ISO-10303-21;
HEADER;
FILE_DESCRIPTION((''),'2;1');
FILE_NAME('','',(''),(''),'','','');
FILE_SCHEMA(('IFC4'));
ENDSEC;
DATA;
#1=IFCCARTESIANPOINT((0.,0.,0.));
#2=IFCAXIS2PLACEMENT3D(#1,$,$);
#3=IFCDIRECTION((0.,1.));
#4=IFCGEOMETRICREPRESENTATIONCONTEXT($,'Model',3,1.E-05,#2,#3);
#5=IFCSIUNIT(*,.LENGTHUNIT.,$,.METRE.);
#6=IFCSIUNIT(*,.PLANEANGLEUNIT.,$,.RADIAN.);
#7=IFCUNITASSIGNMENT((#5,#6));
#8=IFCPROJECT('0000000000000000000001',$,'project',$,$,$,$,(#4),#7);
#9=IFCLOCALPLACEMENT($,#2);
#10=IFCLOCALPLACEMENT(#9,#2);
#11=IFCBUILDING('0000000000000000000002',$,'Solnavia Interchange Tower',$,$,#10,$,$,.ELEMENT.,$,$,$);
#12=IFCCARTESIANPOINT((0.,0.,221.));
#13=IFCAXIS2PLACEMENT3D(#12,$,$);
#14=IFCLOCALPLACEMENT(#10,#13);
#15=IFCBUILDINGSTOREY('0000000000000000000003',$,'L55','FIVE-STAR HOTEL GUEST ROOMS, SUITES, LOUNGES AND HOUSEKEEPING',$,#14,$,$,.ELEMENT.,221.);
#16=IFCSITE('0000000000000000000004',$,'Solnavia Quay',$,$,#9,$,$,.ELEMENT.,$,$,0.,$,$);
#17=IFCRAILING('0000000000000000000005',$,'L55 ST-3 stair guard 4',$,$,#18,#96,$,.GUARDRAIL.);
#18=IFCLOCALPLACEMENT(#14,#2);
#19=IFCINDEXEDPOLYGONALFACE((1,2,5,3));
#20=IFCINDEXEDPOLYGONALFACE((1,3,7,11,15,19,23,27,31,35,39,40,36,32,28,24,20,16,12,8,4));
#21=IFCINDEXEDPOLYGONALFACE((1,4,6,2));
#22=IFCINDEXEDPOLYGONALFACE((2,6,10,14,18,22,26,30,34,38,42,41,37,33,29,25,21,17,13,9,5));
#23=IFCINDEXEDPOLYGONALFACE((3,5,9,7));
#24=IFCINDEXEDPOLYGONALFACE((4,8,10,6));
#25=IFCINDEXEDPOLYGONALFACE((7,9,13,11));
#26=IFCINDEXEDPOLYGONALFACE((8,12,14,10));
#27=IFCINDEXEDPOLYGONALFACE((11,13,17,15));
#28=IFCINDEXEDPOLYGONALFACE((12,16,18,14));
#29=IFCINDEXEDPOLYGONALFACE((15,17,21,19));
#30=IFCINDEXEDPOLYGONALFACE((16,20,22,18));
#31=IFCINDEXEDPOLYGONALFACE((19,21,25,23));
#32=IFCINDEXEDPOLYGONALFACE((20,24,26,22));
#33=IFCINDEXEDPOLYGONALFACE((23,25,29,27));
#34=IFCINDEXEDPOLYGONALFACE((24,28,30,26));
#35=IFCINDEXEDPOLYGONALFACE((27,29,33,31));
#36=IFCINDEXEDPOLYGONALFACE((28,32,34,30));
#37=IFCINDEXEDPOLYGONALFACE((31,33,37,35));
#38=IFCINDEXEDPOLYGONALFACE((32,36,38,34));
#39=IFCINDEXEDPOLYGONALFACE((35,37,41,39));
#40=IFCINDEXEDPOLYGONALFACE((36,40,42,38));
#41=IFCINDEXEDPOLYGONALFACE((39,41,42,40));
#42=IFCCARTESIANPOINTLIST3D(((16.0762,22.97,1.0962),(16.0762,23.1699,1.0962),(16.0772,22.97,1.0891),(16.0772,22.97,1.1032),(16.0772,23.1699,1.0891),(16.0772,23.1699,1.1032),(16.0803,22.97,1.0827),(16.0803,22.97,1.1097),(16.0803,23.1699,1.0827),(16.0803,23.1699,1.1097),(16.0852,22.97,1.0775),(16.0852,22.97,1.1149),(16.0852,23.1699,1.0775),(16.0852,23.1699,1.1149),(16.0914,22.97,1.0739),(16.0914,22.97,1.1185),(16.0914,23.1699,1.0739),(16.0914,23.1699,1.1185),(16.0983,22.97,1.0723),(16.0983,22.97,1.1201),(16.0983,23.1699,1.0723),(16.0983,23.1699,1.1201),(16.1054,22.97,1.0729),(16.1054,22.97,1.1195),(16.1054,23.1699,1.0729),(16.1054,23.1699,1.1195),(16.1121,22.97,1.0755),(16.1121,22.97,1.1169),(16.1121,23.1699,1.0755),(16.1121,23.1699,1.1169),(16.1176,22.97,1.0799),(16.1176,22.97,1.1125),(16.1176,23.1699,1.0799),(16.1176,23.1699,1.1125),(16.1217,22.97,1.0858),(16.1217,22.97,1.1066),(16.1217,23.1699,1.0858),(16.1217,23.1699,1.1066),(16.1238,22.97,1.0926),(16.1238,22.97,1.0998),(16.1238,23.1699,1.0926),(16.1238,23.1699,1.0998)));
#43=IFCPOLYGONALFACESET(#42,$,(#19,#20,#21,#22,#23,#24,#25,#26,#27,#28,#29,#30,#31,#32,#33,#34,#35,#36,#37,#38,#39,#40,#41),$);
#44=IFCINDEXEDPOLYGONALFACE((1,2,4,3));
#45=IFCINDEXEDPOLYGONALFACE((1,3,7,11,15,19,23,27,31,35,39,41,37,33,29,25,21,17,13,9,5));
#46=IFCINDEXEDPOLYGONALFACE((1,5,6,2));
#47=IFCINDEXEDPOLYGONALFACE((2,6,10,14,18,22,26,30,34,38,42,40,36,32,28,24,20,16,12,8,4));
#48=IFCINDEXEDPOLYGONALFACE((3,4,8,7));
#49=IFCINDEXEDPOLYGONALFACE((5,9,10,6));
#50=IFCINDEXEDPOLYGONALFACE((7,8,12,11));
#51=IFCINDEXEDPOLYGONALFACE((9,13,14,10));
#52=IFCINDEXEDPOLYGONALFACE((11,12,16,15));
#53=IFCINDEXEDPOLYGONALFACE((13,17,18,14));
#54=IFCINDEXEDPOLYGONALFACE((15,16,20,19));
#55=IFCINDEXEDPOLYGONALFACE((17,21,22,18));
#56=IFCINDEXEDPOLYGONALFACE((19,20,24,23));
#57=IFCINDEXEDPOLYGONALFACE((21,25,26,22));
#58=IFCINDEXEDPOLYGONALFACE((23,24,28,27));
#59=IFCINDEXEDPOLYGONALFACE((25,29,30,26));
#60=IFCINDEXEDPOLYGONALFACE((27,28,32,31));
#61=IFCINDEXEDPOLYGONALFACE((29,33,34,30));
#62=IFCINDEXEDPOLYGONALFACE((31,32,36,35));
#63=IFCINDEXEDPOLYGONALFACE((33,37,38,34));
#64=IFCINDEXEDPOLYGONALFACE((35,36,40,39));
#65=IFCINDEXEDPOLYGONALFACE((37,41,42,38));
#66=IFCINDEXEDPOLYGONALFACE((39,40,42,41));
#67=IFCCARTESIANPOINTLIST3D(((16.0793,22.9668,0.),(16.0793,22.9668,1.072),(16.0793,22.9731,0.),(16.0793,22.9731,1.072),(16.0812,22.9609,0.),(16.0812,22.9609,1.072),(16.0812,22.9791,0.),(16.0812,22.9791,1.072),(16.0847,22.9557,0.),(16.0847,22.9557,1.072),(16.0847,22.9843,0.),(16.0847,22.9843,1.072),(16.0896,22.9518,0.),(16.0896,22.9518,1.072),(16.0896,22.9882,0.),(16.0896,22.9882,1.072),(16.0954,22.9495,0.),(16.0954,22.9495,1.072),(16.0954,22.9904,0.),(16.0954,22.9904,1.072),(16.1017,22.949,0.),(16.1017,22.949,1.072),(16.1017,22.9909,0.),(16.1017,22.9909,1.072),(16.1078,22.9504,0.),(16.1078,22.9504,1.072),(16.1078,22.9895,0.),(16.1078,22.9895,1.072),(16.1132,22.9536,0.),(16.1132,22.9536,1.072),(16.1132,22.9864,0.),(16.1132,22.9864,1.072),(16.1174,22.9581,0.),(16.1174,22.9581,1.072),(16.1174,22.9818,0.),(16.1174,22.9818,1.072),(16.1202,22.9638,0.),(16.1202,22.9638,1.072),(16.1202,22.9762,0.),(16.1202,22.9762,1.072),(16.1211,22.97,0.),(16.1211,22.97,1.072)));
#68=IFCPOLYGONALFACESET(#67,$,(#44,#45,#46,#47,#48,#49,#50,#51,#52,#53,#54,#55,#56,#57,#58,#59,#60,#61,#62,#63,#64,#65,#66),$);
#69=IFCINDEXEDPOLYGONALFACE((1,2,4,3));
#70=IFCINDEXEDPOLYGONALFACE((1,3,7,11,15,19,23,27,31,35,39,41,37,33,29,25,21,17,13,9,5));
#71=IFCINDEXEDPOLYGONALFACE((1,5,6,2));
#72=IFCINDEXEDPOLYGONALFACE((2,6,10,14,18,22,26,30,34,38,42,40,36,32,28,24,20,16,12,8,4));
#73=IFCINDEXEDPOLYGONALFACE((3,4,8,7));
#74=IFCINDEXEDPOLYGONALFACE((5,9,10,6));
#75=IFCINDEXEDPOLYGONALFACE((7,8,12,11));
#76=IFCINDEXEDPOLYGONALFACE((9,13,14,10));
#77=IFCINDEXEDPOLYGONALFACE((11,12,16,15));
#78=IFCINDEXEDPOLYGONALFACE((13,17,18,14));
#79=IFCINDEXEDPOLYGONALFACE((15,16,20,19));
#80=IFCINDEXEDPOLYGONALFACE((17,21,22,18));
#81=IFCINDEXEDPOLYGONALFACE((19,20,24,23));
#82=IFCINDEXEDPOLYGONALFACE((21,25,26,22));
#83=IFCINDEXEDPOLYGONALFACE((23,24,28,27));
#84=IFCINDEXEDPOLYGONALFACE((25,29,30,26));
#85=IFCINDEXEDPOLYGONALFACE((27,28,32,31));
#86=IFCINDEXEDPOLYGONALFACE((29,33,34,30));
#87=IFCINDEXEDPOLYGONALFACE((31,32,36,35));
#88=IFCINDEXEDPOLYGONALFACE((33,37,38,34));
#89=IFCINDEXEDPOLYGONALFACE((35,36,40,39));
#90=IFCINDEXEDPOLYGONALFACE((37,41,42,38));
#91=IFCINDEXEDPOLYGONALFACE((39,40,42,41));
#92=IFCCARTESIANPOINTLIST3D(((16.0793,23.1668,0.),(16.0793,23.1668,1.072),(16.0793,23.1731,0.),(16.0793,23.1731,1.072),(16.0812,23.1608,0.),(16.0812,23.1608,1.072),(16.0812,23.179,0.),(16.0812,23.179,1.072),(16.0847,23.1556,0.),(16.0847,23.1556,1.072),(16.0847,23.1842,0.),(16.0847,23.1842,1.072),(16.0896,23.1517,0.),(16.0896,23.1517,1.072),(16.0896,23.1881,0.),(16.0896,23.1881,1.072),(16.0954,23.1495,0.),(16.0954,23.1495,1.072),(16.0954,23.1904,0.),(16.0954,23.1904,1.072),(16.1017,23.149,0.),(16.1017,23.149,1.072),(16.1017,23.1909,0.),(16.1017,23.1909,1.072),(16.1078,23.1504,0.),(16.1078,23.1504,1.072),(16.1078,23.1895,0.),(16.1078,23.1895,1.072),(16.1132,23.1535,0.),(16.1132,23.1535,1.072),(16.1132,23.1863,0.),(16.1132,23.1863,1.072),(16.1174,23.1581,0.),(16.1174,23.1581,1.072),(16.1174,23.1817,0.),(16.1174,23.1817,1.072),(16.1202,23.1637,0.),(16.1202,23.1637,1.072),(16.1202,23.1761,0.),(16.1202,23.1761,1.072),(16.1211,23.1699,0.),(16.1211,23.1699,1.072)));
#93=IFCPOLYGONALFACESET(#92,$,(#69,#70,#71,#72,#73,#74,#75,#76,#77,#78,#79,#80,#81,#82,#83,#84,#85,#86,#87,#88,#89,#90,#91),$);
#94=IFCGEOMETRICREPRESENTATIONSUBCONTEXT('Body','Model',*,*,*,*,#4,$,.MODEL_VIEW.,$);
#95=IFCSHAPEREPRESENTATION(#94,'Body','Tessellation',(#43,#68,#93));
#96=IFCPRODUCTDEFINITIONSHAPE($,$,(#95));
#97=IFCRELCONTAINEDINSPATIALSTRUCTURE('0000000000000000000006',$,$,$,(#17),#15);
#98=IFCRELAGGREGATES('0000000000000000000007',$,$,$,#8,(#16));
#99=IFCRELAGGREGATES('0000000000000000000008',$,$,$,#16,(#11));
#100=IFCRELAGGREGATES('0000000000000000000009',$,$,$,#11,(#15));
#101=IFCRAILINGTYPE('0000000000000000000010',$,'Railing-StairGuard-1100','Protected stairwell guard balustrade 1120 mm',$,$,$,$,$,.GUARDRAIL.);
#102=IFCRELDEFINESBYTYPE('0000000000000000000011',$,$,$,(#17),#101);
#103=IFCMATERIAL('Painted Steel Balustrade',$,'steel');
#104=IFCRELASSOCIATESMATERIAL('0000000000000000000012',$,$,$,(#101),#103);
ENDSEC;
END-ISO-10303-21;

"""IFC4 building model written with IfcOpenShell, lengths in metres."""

from ifc_helpers import new_model, si_unit, direction, frame, origin, origin_2d, place, context, subcontext, project, spatial, circle, extrude, material, type_object, element, save


model = new_model("IFC4")

# Units and contexts
model_context = context("Model", 3, precision=1e-05, world=origin(), true_north=direction((0.0, 1.0)))
body_context = subcontext(model_context, "Body", "Model", "MODEL_VIEW")
ifc_project = project(units=[si_unit("LENGTHUNIT", "METRE"), si_unit("PLANEANGLEUNIT", "RADIAN")], contexts=[model_context])

# Site, building, storey
site_placement = place(None, origin())
site = spatial("IfcSite", under=ifc_project, at=site_placement, Name="Solnavia Quay", CompositionType="ELEMENT", RefElevation=0.0)
building_placement = place(site_placement, origin())
building = spatial("IfcBuilding", under=site, at=building_placement, Name="Solnavia Interchange Tower", CompositionType="ELEMENT")
storey_placement = place(building_placement, frame((0.0, 0.0, 221.0)))
storey = spatial("IfcBuildingStorey", under=building, at=storey_placement, Name="L55", Description="FIVE-STAR HOTEL GUEST ROOMS, SUITES, LOUNGES AND HOUSEKEEPING", CompositionType="ELEMENT", Elevation=221.0)

# Railing
ifc_material_1 = material(Name="Painted Steel Balustrade", Category="steel")
railing_type_1 = type_object("IfcRailingType", Name="Railing-StairGuard-1100", Description="Protected stairwell guard balustrade 1120 mm", PredefinedType="GUARDRAIL", material=ifc_material_1)
railing_1_placement = place(storey_placement, frame((16.1001, 22.97, 0.0)))
element("IfcRailing", 1, at=railing_1_placement, inside=storey, type_object=railing_type_1, Name="L55 ST-3 stair guard 4", PredefinedType="GUARDRAIL", context=body_context, shape_type="SweptSolid", body=[
    extrude(circle(Radius=0.0239, at=origin_2d()), frame((0.0, 0.0, 1.0962), z_axis=(0.0, 1.0, 0.0), x_axis=(-1.0, 0.0, 0.0)), (0.0, 0.0, 1.0), 0.2),
    extrude(circle(Radius=0.021, at=origin_2d()), origin(), (0.0, 0.0, 1.0), 1.072),
    extrude(circle(Radius=0.021, at=origin_2d()), frame((0.0, 0.2, 0.0)), (0.0, 0.0, 1.0), 1.072),
])

save(model, "model.ifc")
